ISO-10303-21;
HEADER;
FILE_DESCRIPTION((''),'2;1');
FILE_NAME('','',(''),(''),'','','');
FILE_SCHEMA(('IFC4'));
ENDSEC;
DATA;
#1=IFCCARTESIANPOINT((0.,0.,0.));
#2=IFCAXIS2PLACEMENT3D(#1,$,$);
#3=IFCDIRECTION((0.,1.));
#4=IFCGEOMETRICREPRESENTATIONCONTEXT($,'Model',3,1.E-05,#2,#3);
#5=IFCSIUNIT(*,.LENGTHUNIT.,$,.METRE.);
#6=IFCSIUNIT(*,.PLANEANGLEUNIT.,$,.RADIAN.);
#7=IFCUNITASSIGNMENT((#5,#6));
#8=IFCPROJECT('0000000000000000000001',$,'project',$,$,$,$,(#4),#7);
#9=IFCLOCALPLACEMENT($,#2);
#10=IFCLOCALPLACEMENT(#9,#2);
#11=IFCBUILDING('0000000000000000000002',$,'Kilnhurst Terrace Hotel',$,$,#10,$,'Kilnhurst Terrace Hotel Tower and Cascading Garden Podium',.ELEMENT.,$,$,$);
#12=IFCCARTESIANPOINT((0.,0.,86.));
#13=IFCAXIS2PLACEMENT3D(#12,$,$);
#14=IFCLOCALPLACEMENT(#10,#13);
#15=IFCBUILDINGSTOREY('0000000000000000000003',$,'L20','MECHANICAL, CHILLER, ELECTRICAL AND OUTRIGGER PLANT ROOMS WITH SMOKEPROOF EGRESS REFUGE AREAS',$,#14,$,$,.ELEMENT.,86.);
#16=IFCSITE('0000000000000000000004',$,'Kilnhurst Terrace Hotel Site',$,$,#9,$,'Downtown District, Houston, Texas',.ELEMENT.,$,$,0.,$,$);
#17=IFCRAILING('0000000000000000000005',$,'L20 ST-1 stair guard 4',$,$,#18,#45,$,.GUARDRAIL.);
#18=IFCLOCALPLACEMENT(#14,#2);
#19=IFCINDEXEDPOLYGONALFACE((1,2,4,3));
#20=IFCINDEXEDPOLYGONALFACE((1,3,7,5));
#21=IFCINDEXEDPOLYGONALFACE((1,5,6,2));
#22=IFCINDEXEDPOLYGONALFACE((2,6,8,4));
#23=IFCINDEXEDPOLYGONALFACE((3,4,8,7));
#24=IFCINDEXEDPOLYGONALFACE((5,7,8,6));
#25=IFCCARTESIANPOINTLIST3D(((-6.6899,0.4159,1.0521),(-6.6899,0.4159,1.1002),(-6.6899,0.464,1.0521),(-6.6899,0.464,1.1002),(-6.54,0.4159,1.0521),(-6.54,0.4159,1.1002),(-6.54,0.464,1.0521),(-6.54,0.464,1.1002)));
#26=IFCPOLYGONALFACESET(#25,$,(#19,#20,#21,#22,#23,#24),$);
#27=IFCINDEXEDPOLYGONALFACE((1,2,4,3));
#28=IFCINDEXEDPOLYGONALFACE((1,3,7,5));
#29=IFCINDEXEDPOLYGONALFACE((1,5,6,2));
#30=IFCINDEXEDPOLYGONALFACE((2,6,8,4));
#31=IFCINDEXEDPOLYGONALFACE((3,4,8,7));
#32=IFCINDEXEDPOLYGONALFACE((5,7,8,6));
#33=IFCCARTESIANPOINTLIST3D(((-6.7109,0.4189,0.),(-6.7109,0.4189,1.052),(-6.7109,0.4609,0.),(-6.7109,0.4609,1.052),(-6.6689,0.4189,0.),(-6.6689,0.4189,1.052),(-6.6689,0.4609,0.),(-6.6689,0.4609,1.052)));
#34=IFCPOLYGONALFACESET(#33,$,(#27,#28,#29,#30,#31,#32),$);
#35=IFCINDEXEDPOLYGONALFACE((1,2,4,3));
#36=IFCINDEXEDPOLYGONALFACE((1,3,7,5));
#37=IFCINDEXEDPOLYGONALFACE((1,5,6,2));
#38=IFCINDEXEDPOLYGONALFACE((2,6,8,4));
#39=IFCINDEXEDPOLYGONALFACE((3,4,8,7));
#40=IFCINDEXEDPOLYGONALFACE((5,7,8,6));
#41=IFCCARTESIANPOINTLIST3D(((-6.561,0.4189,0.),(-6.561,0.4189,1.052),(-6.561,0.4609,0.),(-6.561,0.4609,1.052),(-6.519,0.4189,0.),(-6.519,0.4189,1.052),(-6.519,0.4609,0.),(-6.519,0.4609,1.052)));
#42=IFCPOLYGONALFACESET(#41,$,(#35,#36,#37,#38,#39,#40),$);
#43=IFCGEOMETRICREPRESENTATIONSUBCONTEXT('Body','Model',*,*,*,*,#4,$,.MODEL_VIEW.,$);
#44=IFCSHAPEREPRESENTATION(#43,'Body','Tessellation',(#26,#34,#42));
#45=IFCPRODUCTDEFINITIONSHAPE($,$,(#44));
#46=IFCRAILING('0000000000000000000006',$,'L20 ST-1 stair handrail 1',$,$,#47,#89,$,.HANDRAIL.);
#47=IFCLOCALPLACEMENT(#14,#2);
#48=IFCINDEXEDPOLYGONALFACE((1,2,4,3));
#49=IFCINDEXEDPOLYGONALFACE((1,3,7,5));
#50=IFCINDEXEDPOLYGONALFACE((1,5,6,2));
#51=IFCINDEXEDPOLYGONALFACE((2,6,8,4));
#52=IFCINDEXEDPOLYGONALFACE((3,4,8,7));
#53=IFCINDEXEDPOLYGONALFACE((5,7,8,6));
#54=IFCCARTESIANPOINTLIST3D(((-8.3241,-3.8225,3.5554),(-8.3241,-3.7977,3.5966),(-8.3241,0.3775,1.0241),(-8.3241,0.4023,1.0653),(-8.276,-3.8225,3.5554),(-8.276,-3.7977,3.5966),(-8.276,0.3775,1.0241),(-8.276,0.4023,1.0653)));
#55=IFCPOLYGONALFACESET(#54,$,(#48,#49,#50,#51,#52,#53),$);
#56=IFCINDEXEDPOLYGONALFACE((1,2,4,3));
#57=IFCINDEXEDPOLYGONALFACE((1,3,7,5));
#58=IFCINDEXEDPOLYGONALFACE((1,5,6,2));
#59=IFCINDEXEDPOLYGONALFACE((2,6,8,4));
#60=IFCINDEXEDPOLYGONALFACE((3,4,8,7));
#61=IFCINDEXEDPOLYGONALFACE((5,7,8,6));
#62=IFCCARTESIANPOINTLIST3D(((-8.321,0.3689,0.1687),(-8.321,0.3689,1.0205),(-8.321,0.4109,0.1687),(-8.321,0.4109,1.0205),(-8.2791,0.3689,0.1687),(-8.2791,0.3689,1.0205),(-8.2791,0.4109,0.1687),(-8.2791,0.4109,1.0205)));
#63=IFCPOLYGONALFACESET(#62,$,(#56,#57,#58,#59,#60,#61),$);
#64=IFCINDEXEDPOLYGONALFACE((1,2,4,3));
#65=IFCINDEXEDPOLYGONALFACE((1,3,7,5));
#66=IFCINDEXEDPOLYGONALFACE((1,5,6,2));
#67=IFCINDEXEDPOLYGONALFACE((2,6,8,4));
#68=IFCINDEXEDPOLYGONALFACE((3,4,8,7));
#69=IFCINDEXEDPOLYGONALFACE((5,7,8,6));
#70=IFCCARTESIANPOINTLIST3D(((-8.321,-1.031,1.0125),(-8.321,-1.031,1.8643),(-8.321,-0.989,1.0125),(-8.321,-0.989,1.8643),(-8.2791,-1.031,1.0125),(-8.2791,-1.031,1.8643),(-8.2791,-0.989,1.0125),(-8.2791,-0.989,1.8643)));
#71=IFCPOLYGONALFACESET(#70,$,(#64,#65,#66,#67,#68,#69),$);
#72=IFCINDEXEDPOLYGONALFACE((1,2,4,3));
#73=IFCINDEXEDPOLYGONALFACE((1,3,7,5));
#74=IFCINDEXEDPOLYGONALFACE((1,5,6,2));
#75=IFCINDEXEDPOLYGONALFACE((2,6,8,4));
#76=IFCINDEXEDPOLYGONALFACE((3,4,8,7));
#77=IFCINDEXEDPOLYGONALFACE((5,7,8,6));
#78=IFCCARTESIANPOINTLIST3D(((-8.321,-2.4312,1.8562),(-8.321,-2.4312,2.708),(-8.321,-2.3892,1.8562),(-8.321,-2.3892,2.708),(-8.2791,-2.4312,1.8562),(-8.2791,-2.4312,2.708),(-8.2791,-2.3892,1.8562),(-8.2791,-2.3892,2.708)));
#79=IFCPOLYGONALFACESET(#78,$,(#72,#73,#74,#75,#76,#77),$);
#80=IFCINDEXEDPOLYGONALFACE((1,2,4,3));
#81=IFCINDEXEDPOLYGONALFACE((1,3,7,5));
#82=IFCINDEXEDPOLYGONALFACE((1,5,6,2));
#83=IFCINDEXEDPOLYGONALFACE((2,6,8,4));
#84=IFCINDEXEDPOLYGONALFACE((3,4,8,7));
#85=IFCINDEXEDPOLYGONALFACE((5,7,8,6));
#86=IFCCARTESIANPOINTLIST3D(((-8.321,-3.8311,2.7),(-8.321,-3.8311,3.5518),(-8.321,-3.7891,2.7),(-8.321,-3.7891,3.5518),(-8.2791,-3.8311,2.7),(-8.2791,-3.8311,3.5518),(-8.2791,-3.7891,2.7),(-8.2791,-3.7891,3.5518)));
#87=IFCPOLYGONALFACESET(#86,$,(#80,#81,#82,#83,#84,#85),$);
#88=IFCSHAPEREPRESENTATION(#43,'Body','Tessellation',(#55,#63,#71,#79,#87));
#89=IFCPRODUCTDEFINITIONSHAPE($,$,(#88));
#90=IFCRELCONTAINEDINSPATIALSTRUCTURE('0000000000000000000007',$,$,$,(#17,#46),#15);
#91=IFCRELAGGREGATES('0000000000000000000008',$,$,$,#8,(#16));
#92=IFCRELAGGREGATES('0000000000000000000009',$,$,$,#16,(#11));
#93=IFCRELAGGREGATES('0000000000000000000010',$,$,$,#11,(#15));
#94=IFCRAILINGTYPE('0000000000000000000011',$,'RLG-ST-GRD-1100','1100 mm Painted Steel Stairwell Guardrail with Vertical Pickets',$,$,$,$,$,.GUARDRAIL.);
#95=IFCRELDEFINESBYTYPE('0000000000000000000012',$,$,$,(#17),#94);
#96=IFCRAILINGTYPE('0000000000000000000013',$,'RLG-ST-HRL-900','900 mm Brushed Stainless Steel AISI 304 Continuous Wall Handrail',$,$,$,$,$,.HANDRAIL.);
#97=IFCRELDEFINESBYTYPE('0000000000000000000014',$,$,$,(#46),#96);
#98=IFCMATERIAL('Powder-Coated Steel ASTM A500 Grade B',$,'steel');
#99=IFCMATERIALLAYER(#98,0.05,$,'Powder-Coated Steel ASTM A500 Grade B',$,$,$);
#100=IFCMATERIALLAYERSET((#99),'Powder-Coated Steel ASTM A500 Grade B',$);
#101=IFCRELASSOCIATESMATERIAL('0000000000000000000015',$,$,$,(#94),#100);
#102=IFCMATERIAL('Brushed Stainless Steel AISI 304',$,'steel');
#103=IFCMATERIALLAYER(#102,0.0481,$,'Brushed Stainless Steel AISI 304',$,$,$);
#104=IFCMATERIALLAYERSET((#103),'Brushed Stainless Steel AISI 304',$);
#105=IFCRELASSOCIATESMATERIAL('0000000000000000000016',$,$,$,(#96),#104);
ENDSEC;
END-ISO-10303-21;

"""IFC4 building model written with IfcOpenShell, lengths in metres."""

from ifc_helpers import new_model, si_unit, direction, frame, origin, origin_2d, place, context, subcontext, project, spatial, rectangle, extrude, material, layer, layer_set, type_object, element, save


model = new_model("IFC4")

# Units and contexts
model_context = context("Model", 3, precision=1e-05, world=origin(), true_north=direction((0.0, 1.0)))
body_context = subcontext(model_context, "Body", "Model", "MODEL_VIEW")
ifc_project = project(units=[si_unit("LENGTHUNIT", "METRE"), si_unit("PLANEANGLEUNIT", "RADIAN")], contexts=[model_context])

# Site, building, storey
site_placement = place(None, origin())
site = spatial("IfcSite", under=ifc_project, at=site_placement, Name="Kilnhurst Terrace Hotel Site", LongName="Downtown District, Houston, Texas", CompositionType="ELEMENT", RefElevation=0.0)
building_placement = place(site_placement, origin())
building = spatial("IfcBuilding", under=site, at=building_placement, Name="Kilnhurst Terrace Hotel", LongName="Kilnhurst Terrace Hotel Tower and Cascading Garden Podium", CompositionType="ELEMENT")
storey_placement = place(building_placement, frame((0.0, 0.0, 86.0)))
storey = spatial("IfcBuildingStorey", under=building, at=storey_placement, Name="L20", Description="MECHANICAL, CHILLER, ELECTRICAL AND OUTRIGGER PLANT ROOMS WITH SMOKEPROOF EGRESS REFUGE AREAS", CompositionType="ELEMENT", Elevation=86.0)

# Railings
ifc_material_1 = material(Name="Powder-Coated Steel ASTM A500 Grade B", Category="steel")
ifc_layer_1 = layer(ifc_material_1, 0.05, Name="Powder-Coated Steel ASTM A500 Grade B")
ifc_layer_set_1 = layer_set([ifc_layer_1], Name="Powder-Coated Steel ASTM A500 Grade B")
railing_type_1 = type_object("IfcRailingType", Name="RLG-ST-GRD-1100", Description="1100 mm Painted Steel Stairwell Guardrail with Vertical Pickets", PredefinedType="GUARDRAIL", material=ifc_layer_set_1)
railing_1_placement = place(storey_placement, frame((-6.6899, 0.4399, 0.0)))
element("IfcRailing", 1, at=railing_1_placement, inside=storey, type_object=railing_type_1, Name="L20 ST-1 stair guard 4", PredefinedType="GUARDRAIL", context=body_context, shape_type="SweptSolid", body=[
    extrude(rectangle(XDim=0.0481, YDim=0.0481, at=origin_2d()), frame((0.0, 0.0, 1.0762), z_axis=(1.0, 0.0, 0.0), x_axis=(0.0, 1.0, 0.0)), (0.0, 0.0, 1.0), 0.1499),
    extrude(rectangle(XDim=0.042, YDim=0.042, at=origin_2d()), origin(), (0.0, 0.0, 1.0), 1.052),
    extrude(rectangle(XDim=0.042, YDim=0.042, at=origin_2d()), frame((0.1499, 0.0, 0.0)), (0.0, 0.0, 1.0), 1.052),
])
ifc_material_2 = material(Name="Brushed Stainless Steel AISI 304", Category="steel")
ifc_layer_2 = layer(ifc_material_2, 0.0481, Name="Brushed Stainless Steel AISI 304")
ifc_layer_set_2 = layer_set([ifc_layer_2], Name="Brushed Stainless Steel AISI 304")
railing_type_2 = type_object("IfcRailingType", Name="RLG-ST-HRL-900", Description="900 mm Brushed Stainless Steel AISI 304 Continuous Wall Handrail", PredefinedType="HANDRAIL", material=ifc_layer_set_2)
railing_2_placement = place(storey_placement, frame((-8.3, 0.3899, 0.1687)))
element("IfcRailing", 2, at=railing_2_placement, inside=storey, type_object=railing_type_2, Name="L20 ST-1 stair handrail 1", PredefinedType="HANDRAIL", context=body_context, shape_type="SweptSolid", body=[
    extrude(rectangle(XDim=0.0481, YDim=0.0481, at=origin_2d()), frame((0.0, 0.0, 0.876), z_axis=(0.0, -0.856476, 0.516186), x_axis=(1.0, 0.0, 0.0)), (0.0, 0.0, 1.0), 4.9038),
    extrude(rectangle(XDim=0.042, YDim=0.042, at=origin_2d()), origin(), (0.0, 0.0, 1.0), 0.8518),
    extrude(rectangle(XDim=0.042, YDim=0.042, at=origin_2d()), frame((0.0, -1.3999, 0.8438)), (0.0, 0.0, 1.0), 0.8518),
    extrude(rectangle(XDim=0.042, YDim=0.042, at=origin_2d()), frame((0.0, -2.8, 1.6875)), (0.0, 0.0, 1.0), 0.8518),
    extrude(rectangle(XDim=0.042, YDim=0.042, at=origin_2d()), frame((0.0, -4.2, 2.5312)), (0.0, 0.0, 1.0), 0.8518),
])

save(model, "model.ifc")
